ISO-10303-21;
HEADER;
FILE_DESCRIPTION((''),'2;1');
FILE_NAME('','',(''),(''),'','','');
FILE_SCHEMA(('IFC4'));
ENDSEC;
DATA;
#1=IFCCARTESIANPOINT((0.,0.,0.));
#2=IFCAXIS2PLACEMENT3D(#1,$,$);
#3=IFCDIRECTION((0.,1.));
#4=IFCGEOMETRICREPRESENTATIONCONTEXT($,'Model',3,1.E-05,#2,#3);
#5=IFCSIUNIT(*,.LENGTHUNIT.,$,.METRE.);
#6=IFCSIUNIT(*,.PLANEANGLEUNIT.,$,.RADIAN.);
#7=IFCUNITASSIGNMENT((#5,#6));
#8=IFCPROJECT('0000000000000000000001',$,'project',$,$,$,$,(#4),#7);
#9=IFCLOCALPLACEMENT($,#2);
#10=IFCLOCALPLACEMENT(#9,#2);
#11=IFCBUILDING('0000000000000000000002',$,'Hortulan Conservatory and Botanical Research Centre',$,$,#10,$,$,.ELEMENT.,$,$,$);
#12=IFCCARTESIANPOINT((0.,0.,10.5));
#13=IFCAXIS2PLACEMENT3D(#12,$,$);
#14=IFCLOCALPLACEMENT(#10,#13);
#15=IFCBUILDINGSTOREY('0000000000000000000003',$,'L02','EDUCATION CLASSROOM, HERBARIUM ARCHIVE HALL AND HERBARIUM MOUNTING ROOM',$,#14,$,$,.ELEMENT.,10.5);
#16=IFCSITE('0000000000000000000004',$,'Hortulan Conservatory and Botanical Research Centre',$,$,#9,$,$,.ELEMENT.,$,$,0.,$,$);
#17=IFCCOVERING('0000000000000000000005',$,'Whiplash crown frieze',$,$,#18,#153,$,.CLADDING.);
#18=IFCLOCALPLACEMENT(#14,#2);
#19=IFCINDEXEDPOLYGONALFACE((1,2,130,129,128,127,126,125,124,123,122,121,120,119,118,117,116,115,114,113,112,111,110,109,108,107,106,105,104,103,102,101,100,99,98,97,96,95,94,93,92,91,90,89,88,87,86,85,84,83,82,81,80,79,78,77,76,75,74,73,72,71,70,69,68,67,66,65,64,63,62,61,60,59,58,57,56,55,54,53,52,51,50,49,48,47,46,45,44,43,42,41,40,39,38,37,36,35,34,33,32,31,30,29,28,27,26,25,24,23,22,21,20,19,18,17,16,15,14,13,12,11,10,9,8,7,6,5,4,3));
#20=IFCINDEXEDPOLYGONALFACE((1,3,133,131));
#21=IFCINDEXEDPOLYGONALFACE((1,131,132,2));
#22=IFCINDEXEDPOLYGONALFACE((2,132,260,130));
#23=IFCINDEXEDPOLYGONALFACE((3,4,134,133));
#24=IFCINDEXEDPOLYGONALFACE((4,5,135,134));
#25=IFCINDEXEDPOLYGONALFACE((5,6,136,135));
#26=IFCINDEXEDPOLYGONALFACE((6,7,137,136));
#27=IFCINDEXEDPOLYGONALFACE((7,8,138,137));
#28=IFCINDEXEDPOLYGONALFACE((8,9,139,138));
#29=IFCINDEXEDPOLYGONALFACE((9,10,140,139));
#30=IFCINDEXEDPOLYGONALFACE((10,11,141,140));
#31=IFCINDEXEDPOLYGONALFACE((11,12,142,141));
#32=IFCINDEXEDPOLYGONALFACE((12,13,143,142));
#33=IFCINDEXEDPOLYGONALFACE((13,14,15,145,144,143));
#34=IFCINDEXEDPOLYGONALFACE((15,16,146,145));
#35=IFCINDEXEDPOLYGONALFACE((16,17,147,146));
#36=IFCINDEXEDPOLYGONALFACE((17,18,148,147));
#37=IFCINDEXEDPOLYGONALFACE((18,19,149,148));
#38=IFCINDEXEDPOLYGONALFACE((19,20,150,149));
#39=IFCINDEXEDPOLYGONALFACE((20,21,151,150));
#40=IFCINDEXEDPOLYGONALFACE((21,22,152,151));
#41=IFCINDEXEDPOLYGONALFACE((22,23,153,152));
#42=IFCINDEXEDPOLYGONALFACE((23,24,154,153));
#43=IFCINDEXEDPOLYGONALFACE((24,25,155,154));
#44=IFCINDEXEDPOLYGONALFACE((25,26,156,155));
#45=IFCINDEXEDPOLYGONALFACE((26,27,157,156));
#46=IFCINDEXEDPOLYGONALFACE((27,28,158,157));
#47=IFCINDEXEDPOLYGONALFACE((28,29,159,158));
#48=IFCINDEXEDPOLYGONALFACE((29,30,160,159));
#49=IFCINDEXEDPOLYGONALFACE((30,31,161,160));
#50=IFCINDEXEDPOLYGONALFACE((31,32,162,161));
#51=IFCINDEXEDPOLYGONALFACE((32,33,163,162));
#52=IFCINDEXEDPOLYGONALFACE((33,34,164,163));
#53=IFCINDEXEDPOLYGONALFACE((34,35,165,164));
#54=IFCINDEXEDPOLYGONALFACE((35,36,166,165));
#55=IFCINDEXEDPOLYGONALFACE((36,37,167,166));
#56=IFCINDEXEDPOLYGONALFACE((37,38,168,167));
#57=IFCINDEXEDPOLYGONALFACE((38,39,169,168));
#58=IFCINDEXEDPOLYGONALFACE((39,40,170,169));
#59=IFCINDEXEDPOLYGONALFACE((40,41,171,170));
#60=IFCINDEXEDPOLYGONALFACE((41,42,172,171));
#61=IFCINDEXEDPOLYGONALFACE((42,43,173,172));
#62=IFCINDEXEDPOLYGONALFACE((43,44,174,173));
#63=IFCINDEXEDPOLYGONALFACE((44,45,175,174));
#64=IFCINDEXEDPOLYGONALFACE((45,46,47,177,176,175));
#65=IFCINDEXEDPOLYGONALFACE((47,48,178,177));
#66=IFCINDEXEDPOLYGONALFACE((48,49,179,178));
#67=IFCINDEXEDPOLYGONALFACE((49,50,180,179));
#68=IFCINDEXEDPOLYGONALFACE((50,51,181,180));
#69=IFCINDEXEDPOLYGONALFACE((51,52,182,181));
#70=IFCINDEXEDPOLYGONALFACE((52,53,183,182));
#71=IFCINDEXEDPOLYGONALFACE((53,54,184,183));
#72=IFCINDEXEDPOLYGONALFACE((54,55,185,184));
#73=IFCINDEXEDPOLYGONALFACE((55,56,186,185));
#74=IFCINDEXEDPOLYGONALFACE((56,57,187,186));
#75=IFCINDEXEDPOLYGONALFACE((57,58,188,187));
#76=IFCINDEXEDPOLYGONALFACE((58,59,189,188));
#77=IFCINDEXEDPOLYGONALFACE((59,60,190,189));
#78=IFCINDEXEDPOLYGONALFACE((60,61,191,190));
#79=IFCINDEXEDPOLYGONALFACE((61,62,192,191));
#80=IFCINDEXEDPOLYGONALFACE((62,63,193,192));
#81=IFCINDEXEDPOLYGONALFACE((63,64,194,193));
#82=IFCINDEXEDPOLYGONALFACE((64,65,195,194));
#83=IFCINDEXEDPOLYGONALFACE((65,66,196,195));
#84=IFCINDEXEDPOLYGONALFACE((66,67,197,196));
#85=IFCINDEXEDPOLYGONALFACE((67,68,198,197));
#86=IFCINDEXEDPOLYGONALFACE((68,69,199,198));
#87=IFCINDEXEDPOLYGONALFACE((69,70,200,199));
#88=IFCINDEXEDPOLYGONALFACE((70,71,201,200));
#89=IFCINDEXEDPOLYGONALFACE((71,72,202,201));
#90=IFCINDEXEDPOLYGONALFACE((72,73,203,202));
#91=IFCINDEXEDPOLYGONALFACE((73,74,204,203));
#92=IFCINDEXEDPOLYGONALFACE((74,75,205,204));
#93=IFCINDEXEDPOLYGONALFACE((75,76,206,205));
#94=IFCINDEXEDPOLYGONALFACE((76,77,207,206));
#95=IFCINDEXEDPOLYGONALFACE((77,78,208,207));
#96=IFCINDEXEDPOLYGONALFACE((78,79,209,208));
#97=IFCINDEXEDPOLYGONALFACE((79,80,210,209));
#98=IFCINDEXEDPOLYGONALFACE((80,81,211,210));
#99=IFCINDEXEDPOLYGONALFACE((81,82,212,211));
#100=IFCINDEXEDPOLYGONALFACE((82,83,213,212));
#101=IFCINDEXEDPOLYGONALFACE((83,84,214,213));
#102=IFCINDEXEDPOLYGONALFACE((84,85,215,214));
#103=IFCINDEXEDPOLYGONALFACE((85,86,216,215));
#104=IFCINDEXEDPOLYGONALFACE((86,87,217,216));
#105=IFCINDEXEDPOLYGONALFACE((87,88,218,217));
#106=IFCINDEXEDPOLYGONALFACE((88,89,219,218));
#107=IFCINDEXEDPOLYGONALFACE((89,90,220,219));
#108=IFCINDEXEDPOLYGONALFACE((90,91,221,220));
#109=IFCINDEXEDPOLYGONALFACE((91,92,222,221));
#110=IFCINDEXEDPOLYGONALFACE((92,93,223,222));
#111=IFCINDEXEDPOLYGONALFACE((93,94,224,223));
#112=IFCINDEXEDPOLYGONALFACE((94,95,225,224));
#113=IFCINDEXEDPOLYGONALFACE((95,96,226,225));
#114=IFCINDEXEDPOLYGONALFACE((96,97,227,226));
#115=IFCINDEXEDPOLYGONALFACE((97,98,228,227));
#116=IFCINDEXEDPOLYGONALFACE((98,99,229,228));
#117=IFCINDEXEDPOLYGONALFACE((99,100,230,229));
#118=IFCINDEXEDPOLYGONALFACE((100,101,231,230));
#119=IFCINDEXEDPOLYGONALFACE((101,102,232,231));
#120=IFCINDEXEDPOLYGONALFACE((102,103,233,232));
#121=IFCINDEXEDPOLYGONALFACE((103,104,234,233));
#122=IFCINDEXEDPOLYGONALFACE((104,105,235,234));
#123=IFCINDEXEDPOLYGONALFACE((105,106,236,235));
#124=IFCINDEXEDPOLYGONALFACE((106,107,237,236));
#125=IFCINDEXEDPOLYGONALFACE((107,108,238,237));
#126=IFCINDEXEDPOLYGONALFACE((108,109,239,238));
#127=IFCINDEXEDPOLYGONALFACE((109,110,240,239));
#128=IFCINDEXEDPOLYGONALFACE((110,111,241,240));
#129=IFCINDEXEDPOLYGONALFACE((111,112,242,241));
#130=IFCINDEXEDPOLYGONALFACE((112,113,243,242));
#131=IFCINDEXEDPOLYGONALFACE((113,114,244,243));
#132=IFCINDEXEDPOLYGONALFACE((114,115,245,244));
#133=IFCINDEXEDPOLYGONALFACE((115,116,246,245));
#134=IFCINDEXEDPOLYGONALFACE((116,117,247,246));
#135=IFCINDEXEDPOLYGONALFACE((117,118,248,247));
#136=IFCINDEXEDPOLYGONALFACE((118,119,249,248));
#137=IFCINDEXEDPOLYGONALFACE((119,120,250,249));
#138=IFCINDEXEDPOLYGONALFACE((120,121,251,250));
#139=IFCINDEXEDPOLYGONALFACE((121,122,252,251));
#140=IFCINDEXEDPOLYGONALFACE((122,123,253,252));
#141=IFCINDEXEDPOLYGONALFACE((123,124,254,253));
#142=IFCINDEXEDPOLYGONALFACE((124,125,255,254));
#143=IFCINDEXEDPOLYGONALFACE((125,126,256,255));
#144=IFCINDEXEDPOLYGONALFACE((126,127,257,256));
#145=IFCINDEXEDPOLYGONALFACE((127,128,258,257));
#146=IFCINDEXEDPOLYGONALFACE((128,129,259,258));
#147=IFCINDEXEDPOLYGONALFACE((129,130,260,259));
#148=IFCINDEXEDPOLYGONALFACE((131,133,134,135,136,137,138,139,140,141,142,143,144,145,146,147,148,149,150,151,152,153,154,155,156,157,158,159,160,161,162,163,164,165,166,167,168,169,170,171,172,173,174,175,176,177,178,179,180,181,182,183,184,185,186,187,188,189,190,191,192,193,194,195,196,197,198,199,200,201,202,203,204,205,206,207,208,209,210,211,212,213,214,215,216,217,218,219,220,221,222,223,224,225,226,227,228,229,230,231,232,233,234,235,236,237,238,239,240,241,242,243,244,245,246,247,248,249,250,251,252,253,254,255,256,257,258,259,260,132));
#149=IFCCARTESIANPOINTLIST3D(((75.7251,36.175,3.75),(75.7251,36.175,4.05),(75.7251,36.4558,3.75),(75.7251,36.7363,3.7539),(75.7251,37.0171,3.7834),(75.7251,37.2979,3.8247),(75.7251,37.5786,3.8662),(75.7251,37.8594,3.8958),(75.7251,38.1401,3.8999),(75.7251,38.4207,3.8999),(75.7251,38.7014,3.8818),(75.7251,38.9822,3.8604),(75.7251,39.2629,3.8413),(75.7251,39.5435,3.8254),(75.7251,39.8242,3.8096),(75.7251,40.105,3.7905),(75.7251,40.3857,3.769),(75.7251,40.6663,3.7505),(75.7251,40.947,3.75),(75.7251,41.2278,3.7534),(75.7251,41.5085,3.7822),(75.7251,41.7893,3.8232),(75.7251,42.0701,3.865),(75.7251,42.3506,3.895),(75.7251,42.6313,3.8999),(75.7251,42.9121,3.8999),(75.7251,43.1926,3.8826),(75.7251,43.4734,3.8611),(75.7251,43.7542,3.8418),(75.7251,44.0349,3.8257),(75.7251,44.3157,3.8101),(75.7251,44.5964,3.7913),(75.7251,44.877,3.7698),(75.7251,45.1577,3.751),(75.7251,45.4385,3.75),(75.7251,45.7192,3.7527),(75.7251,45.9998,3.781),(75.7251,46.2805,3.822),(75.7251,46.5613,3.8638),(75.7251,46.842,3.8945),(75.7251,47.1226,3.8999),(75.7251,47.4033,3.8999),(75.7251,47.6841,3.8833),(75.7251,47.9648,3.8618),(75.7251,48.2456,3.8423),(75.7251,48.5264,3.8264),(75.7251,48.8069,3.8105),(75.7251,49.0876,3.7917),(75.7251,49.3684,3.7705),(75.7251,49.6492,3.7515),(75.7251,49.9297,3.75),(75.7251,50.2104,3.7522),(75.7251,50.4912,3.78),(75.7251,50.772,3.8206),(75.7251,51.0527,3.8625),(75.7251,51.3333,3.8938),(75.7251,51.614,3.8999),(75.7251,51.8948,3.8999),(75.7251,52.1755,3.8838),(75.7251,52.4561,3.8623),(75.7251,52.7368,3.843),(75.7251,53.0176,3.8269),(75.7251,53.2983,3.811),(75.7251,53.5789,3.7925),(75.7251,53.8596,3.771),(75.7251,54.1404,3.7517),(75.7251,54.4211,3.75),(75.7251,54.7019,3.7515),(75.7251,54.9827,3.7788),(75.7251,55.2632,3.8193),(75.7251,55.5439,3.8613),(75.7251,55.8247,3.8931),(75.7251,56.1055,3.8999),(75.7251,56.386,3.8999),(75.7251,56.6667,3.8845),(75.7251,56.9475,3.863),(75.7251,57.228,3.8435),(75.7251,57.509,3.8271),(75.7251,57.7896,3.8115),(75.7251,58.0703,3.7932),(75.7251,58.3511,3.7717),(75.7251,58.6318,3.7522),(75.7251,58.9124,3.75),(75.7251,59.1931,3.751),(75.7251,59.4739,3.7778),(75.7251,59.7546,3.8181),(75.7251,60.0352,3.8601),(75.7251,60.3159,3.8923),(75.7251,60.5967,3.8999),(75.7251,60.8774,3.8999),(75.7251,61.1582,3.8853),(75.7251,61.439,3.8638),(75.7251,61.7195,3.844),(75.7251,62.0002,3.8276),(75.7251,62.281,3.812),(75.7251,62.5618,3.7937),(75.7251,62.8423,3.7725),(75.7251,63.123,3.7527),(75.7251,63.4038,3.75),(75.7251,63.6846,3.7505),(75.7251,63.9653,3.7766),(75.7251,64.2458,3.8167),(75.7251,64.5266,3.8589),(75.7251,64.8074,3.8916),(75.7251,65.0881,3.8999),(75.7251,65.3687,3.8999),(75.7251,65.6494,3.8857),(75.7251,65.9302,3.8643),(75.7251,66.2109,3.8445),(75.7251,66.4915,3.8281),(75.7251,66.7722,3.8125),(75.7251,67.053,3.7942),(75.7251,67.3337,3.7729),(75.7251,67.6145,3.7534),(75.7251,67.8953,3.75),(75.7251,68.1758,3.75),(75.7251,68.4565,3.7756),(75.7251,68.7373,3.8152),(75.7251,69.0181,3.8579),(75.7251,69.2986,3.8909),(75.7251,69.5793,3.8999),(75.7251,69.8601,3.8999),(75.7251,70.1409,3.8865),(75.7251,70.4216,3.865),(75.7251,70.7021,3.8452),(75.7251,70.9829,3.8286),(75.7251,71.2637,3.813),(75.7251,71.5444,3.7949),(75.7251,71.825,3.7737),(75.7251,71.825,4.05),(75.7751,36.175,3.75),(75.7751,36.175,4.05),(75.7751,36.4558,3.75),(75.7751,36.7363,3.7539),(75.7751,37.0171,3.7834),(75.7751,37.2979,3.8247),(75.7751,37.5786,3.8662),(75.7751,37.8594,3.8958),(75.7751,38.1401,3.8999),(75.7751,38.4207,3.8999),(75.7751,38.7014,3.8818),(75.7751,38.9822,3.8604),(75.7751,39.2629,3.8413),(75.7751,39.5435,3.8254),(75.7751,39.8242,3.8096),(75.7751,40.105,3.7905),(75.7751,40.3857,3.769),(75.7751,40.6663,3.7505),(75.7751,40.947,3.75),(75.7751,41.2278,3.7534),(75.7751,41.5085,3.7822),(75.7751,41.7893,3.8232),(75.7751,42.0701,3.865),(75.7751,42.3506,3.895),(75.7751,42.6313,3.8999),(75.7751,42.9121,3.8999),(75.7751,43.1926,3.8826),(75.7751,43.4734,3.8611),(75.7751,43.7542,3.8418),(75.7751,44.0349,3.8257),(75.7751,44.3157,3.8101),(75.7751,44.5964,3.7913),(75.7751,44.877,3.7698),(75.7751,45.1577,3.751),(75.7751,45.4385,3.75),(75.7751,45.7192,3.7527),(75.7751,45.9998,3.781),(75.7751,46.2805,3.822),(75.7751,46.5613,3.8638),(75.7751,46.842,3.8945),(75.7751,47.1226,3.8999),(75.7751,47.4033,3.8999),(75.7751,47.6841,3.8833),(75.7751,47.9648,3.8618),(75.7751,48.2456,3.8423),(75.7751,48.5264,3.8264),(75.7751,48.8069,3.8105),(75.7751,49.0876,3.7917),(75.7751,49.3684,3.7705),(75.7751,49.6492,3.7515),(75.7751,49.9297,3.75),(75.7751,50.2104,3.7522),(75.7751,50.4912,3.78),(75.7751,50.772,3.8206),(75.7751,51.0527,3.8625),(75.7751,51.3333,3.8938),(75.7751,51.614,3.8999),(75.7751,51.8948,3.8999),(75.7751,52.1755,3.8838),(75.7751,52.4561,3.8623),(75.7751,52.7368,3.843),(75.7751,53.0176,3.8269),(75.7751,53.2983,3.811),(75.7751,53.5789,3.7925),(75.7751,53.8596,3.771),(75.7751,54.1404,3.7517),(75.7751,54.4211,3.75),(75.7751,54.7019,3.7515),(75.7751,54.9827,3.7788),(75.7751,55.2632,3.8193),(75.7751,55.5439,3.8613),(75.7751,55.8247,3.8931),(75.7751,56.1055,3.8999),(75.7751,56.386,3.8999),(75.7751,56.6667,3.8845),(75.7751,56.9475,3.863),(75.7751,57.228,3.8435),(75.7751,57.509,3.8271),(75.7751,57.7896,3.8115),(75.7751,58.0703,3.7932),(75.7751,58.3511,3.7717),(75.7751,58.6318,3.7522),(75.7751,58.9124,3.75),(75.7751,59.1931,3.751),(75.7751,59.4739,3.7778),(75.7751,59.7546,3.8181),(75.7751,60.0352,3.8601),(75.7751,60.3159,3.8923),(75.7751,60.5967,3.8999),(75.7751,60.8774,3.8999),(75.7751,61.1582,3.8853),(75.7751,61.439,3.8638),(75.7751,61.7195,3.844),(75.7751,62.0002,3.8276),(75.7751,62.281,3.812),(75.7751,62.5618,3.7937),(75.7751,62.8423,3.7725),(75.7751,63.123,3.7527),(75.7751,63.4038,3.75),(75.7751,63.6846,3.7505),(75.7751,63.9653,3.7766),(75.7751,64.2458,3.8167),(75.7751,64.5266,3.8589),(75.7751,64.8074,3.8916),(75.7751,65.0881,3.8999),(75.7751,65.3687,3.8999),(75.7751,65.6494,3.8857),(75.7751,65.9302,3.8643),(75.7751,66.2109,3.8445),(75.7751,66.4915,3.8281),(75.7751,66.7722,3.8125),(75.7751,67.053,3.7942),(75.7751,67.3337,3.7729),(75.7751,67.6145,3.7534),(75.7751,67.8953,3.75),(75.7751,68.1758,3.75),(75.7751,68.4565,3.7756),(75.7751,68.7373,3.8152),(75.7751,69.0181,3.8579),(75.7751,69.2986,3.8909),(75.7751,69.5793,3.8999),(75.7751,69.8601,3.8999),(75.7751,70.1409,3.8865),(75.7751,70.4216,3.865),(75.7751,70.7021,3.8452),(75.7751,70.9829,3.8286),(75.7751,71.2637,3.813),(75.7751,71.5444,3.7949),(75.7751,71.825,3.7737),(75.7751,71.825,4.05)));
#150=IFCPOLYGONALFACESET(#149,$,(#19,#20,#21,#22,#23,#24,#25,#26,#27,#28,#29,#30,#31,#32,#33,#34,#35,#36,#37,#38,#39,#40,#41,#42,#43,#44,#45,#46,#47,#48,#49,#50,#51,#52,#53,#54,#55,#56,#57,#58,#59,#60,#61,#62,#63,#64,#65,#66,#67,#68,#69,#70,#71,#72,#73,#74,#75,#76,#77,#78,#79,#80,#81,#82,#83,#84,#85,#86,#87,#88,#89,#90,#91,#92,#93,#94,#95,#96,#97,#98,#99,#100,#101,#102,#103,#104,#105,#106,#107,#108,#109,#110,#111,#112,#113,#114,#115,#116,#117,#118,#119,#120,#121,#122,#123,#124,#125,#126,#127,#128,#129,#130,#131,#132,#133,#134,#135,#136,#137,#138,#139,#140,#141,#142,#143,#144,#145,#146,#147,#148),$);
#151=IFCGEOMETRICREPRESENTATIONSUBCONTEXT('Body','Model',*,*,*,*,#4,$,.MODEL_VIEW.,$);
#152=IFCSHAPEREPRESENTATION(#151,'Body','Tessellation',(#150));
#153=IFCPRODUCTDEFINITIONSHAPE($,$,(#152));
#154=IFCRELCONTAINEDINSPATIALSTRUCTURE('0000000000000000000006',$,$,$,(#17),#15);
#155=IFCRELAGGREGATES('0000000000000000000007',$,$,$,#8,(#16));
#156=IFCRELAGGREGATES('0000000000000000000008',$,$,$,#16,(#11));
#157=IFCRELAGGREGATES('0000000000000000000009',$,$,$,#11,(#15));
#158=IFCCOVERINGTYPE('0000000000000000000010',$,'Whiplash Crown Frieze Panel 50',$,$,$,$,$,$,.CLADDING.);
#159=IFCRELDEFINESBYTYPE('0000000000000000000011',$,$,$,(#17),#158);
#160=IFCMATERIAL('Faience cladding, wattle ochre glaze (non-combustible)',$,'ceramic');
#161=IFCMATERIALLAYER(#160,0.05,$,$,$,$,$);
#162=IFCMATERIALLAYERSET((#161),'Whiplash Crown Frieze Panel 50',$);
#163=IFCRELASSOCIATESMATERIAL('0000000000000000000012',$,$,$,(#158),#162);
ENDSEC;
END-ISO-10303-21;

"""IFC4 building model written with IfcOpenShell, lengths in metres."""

from ifc_helpers import new_model, si_unit, direction, frame, origin, place, context, subcontext, project, spatial, polyline, outline, extrude, material, layer, layer_set, type_object, element, save


model = new_model("IFC4")

# Units and contexts
model_context = context("Model", 3, precision=1e-05, world=origin(), true_north=direction((0.0, 1.0)))
body_context = subcontext(model_context, "Body", "Model", "MODEL_VIEW")
ifc_project = project(units=[si_unit("LENGTHUNIT", "METRE"), si_unit("PLANEANGLEUNIT", "RADIAN")], contexts=[model_context])

# Site, building, storey
site_placement = place(None, origin())
site = spatial("IfcSite", under=ifc_project, at=site_placement, Name="Hortulan Conservatory and Botanical Research Centre", CompositionType="ELEMENT", RefElevation=0.0)
building_placement = place(site_placement, origin())
building = spatial("IfcBuilding", under=site, at=building_placement, Name="Hortulan Conservatory and Botanical Research Centre", CompositionType="ELEMENT")
storey_placement = place(building_placement, frame((0.0, 0.0, 10.5)))
storey = spatial("IfcBuildingStorey", under=building, at=storey_placement, Name="L02", Description="EDUCATION CLASSROOM, HERBARIUM ARCHIVE HALL AND HERBARIUM MOUNTING ROOM", CompositionType="ELEMENT", Elevation=10.5)

# Covering
ifc_material_1 = material(Name="Faience cladding, wattle ochre glaze (non-combustible)", Category="ceramic")
ifc_layer_1 = layer(ifc_material_1, 0.05)
ifc_layer_set_1 = layer_set([ifc_layer_1], Name="Whiplash Crown Frieze Panel 50")
covering_type_1 = type_object("IfcCoveringType", Name="Whiplash Crown Frieze Panel 50", PredefinedType="CLADDING", material=ifc_layer_set_1)
covering_placement = place(storey_placement, frame((75.75, 36.175, 3.75), z_axis=(0.0, 0.0, 1.0), x_axis=(0.0, 1.0, 0.0)))
element("IfcCovering", 1, at=covering_placement, inside=storey, type_object=covering_type_1, Name="Whiplash crown frieze", PredefinedType="CLADDING", context=body_context, shape_type="SweptSolid", body=[
    extrude(outline(polyline([(0.0, 0.0), (0.2808, 0.0), (0.5613, 0.0039), (0.842, 0.0334), (1.1228, 0.0747), (1.4036, 0.1162), (1.6843, 0.1458), (1.9651, 0.1499), (2.2456, 0.1499), (2.5264, 0.1318), (2.8071, 0.1104), (3.0879, 0.0913), (3.3684, 0.0754), (3.6492, 0.0596), (3.9299, 0.0405), (4.2107, 0.019), (4.4912, 0.0005), (4.772, 0.0), (5.0527, 0.0034), (5.3335, 0.0322), (5.6143, 0.0732), (5.895, 0.115), (6.1755, 0.145), (6.4563, 0.1499), (6.7371, 0.1499), (7.0176, 0.1326), (7.2983, 0.1111), (7.5791, 0.0918), (7.8599, 0.0757), (8.1406, 0.0601), (8.4214, 0.0413), (8.7019, 0.0198), (8.9827, 0.001), (9.2634, 0.0), (9.5442, 0.0027), (9.8247, 0.031), (10.1055, 0.072), (10.3862, 0.1138), (10.667, 0.1445), (10.9475, 0.1499), (11.2283, 0.1499), (11.509, 0.1333), (11.7898, 0.1118), (12.0706, 0.0923), (12.3513, 0.0764), (12.6318, 0.0605), (12.9126, 0.0417), (13.1934, 0.0205), (13.4741, 0.0015), (13.7546, 0.0), (14.0354, 0.0022), (14.3162, 0.03), (14.5969, 0.0706), (14.8777, 0.1125), (15.1582, 0.1438), (15.439, 0.1499), (15.7197, 0.1499), (16.0005, 0.1338), (16.281, 0.1123), (16.5618, 0.093), (16.8425, 0.0769), (17.1233, 0.061), (17.4038, 0.0425), (17.6846, 0.021), (17.9653, 0.0017), (18.2461, 0.0), (18.5269, 0.0015), (18.8076, 0.0288), (19.0881, 0.0693), (19.3689, 0.1113), (19.6497, 0.1431), (19.9304, 0.1499), (20.2109, 0.1499), (20.4917, 0.1345), (20.7725, 0.113), (21.053, 0.0935), (21.334, 0.0771), (21.6145, 0.0615), (21.8953, 0.0432), (22.176, 0.0217), (22.4568, 0.0022), (22.7373, 0.0), (23.0181, 0.001), (23.2988, 0.0278), (23.5796, 0.0681), (23.8601, 0.1101), (24.1409, 0.1423), (24.4216, 0.1499), (24.7024, 0.1499), (24.9832, 0.1353), (25.2639, 0.1138), (25.5444, 0.094), (25.8252, 0.0776), (26.106, 0.062), (26.3867, 0.0437), (26.6672, 0.0225), (26.948, 0.0027), (27.2288, 0.0), (27.5095, 0.0005), (27.7903, 0.0266), (28.0708, 0.0667), (28.3516, 0.1089), (28.6323, 0.1416), (28.9131, 0.1499), (29.1936, 0.1499), (29.4744, 0.1357), (29.7551, 0.1143), (30.0359, 0.0945), (30.3164, 0.0781), (30.5972, 0.0625), (30.8779, 0.0442), (31.1587, 0.0229), (31.4395, 0.0034), (31.7202, 0.0), (32.0007, 0.0), (32.2815, 0.0256), (32.5623, 0.0652), (32.843, 0.1079), (33.1235, 0.1409), (33.4043, 0.1499), (33.6851, 0.1499), (33.9658, 0.1365), (34.2466, 0.115), (34.5271, 0.0952), (34.8079, 0.0786), (35.0886, 0.063), (35.3694, 0.0449), (35.6499, 0.0237), (35.6499, 0.3), (0.0, 0.3), (0.0, 0.0)])), frame((0.0, 0.0249, 0.0), z_axis=(0.0, -1.0, 0.0), x_axis=(1.0, 0.0, 0.0)), (0.0, 0.0, 1.0), 0.05),
])

save(model, "model.ifc")
